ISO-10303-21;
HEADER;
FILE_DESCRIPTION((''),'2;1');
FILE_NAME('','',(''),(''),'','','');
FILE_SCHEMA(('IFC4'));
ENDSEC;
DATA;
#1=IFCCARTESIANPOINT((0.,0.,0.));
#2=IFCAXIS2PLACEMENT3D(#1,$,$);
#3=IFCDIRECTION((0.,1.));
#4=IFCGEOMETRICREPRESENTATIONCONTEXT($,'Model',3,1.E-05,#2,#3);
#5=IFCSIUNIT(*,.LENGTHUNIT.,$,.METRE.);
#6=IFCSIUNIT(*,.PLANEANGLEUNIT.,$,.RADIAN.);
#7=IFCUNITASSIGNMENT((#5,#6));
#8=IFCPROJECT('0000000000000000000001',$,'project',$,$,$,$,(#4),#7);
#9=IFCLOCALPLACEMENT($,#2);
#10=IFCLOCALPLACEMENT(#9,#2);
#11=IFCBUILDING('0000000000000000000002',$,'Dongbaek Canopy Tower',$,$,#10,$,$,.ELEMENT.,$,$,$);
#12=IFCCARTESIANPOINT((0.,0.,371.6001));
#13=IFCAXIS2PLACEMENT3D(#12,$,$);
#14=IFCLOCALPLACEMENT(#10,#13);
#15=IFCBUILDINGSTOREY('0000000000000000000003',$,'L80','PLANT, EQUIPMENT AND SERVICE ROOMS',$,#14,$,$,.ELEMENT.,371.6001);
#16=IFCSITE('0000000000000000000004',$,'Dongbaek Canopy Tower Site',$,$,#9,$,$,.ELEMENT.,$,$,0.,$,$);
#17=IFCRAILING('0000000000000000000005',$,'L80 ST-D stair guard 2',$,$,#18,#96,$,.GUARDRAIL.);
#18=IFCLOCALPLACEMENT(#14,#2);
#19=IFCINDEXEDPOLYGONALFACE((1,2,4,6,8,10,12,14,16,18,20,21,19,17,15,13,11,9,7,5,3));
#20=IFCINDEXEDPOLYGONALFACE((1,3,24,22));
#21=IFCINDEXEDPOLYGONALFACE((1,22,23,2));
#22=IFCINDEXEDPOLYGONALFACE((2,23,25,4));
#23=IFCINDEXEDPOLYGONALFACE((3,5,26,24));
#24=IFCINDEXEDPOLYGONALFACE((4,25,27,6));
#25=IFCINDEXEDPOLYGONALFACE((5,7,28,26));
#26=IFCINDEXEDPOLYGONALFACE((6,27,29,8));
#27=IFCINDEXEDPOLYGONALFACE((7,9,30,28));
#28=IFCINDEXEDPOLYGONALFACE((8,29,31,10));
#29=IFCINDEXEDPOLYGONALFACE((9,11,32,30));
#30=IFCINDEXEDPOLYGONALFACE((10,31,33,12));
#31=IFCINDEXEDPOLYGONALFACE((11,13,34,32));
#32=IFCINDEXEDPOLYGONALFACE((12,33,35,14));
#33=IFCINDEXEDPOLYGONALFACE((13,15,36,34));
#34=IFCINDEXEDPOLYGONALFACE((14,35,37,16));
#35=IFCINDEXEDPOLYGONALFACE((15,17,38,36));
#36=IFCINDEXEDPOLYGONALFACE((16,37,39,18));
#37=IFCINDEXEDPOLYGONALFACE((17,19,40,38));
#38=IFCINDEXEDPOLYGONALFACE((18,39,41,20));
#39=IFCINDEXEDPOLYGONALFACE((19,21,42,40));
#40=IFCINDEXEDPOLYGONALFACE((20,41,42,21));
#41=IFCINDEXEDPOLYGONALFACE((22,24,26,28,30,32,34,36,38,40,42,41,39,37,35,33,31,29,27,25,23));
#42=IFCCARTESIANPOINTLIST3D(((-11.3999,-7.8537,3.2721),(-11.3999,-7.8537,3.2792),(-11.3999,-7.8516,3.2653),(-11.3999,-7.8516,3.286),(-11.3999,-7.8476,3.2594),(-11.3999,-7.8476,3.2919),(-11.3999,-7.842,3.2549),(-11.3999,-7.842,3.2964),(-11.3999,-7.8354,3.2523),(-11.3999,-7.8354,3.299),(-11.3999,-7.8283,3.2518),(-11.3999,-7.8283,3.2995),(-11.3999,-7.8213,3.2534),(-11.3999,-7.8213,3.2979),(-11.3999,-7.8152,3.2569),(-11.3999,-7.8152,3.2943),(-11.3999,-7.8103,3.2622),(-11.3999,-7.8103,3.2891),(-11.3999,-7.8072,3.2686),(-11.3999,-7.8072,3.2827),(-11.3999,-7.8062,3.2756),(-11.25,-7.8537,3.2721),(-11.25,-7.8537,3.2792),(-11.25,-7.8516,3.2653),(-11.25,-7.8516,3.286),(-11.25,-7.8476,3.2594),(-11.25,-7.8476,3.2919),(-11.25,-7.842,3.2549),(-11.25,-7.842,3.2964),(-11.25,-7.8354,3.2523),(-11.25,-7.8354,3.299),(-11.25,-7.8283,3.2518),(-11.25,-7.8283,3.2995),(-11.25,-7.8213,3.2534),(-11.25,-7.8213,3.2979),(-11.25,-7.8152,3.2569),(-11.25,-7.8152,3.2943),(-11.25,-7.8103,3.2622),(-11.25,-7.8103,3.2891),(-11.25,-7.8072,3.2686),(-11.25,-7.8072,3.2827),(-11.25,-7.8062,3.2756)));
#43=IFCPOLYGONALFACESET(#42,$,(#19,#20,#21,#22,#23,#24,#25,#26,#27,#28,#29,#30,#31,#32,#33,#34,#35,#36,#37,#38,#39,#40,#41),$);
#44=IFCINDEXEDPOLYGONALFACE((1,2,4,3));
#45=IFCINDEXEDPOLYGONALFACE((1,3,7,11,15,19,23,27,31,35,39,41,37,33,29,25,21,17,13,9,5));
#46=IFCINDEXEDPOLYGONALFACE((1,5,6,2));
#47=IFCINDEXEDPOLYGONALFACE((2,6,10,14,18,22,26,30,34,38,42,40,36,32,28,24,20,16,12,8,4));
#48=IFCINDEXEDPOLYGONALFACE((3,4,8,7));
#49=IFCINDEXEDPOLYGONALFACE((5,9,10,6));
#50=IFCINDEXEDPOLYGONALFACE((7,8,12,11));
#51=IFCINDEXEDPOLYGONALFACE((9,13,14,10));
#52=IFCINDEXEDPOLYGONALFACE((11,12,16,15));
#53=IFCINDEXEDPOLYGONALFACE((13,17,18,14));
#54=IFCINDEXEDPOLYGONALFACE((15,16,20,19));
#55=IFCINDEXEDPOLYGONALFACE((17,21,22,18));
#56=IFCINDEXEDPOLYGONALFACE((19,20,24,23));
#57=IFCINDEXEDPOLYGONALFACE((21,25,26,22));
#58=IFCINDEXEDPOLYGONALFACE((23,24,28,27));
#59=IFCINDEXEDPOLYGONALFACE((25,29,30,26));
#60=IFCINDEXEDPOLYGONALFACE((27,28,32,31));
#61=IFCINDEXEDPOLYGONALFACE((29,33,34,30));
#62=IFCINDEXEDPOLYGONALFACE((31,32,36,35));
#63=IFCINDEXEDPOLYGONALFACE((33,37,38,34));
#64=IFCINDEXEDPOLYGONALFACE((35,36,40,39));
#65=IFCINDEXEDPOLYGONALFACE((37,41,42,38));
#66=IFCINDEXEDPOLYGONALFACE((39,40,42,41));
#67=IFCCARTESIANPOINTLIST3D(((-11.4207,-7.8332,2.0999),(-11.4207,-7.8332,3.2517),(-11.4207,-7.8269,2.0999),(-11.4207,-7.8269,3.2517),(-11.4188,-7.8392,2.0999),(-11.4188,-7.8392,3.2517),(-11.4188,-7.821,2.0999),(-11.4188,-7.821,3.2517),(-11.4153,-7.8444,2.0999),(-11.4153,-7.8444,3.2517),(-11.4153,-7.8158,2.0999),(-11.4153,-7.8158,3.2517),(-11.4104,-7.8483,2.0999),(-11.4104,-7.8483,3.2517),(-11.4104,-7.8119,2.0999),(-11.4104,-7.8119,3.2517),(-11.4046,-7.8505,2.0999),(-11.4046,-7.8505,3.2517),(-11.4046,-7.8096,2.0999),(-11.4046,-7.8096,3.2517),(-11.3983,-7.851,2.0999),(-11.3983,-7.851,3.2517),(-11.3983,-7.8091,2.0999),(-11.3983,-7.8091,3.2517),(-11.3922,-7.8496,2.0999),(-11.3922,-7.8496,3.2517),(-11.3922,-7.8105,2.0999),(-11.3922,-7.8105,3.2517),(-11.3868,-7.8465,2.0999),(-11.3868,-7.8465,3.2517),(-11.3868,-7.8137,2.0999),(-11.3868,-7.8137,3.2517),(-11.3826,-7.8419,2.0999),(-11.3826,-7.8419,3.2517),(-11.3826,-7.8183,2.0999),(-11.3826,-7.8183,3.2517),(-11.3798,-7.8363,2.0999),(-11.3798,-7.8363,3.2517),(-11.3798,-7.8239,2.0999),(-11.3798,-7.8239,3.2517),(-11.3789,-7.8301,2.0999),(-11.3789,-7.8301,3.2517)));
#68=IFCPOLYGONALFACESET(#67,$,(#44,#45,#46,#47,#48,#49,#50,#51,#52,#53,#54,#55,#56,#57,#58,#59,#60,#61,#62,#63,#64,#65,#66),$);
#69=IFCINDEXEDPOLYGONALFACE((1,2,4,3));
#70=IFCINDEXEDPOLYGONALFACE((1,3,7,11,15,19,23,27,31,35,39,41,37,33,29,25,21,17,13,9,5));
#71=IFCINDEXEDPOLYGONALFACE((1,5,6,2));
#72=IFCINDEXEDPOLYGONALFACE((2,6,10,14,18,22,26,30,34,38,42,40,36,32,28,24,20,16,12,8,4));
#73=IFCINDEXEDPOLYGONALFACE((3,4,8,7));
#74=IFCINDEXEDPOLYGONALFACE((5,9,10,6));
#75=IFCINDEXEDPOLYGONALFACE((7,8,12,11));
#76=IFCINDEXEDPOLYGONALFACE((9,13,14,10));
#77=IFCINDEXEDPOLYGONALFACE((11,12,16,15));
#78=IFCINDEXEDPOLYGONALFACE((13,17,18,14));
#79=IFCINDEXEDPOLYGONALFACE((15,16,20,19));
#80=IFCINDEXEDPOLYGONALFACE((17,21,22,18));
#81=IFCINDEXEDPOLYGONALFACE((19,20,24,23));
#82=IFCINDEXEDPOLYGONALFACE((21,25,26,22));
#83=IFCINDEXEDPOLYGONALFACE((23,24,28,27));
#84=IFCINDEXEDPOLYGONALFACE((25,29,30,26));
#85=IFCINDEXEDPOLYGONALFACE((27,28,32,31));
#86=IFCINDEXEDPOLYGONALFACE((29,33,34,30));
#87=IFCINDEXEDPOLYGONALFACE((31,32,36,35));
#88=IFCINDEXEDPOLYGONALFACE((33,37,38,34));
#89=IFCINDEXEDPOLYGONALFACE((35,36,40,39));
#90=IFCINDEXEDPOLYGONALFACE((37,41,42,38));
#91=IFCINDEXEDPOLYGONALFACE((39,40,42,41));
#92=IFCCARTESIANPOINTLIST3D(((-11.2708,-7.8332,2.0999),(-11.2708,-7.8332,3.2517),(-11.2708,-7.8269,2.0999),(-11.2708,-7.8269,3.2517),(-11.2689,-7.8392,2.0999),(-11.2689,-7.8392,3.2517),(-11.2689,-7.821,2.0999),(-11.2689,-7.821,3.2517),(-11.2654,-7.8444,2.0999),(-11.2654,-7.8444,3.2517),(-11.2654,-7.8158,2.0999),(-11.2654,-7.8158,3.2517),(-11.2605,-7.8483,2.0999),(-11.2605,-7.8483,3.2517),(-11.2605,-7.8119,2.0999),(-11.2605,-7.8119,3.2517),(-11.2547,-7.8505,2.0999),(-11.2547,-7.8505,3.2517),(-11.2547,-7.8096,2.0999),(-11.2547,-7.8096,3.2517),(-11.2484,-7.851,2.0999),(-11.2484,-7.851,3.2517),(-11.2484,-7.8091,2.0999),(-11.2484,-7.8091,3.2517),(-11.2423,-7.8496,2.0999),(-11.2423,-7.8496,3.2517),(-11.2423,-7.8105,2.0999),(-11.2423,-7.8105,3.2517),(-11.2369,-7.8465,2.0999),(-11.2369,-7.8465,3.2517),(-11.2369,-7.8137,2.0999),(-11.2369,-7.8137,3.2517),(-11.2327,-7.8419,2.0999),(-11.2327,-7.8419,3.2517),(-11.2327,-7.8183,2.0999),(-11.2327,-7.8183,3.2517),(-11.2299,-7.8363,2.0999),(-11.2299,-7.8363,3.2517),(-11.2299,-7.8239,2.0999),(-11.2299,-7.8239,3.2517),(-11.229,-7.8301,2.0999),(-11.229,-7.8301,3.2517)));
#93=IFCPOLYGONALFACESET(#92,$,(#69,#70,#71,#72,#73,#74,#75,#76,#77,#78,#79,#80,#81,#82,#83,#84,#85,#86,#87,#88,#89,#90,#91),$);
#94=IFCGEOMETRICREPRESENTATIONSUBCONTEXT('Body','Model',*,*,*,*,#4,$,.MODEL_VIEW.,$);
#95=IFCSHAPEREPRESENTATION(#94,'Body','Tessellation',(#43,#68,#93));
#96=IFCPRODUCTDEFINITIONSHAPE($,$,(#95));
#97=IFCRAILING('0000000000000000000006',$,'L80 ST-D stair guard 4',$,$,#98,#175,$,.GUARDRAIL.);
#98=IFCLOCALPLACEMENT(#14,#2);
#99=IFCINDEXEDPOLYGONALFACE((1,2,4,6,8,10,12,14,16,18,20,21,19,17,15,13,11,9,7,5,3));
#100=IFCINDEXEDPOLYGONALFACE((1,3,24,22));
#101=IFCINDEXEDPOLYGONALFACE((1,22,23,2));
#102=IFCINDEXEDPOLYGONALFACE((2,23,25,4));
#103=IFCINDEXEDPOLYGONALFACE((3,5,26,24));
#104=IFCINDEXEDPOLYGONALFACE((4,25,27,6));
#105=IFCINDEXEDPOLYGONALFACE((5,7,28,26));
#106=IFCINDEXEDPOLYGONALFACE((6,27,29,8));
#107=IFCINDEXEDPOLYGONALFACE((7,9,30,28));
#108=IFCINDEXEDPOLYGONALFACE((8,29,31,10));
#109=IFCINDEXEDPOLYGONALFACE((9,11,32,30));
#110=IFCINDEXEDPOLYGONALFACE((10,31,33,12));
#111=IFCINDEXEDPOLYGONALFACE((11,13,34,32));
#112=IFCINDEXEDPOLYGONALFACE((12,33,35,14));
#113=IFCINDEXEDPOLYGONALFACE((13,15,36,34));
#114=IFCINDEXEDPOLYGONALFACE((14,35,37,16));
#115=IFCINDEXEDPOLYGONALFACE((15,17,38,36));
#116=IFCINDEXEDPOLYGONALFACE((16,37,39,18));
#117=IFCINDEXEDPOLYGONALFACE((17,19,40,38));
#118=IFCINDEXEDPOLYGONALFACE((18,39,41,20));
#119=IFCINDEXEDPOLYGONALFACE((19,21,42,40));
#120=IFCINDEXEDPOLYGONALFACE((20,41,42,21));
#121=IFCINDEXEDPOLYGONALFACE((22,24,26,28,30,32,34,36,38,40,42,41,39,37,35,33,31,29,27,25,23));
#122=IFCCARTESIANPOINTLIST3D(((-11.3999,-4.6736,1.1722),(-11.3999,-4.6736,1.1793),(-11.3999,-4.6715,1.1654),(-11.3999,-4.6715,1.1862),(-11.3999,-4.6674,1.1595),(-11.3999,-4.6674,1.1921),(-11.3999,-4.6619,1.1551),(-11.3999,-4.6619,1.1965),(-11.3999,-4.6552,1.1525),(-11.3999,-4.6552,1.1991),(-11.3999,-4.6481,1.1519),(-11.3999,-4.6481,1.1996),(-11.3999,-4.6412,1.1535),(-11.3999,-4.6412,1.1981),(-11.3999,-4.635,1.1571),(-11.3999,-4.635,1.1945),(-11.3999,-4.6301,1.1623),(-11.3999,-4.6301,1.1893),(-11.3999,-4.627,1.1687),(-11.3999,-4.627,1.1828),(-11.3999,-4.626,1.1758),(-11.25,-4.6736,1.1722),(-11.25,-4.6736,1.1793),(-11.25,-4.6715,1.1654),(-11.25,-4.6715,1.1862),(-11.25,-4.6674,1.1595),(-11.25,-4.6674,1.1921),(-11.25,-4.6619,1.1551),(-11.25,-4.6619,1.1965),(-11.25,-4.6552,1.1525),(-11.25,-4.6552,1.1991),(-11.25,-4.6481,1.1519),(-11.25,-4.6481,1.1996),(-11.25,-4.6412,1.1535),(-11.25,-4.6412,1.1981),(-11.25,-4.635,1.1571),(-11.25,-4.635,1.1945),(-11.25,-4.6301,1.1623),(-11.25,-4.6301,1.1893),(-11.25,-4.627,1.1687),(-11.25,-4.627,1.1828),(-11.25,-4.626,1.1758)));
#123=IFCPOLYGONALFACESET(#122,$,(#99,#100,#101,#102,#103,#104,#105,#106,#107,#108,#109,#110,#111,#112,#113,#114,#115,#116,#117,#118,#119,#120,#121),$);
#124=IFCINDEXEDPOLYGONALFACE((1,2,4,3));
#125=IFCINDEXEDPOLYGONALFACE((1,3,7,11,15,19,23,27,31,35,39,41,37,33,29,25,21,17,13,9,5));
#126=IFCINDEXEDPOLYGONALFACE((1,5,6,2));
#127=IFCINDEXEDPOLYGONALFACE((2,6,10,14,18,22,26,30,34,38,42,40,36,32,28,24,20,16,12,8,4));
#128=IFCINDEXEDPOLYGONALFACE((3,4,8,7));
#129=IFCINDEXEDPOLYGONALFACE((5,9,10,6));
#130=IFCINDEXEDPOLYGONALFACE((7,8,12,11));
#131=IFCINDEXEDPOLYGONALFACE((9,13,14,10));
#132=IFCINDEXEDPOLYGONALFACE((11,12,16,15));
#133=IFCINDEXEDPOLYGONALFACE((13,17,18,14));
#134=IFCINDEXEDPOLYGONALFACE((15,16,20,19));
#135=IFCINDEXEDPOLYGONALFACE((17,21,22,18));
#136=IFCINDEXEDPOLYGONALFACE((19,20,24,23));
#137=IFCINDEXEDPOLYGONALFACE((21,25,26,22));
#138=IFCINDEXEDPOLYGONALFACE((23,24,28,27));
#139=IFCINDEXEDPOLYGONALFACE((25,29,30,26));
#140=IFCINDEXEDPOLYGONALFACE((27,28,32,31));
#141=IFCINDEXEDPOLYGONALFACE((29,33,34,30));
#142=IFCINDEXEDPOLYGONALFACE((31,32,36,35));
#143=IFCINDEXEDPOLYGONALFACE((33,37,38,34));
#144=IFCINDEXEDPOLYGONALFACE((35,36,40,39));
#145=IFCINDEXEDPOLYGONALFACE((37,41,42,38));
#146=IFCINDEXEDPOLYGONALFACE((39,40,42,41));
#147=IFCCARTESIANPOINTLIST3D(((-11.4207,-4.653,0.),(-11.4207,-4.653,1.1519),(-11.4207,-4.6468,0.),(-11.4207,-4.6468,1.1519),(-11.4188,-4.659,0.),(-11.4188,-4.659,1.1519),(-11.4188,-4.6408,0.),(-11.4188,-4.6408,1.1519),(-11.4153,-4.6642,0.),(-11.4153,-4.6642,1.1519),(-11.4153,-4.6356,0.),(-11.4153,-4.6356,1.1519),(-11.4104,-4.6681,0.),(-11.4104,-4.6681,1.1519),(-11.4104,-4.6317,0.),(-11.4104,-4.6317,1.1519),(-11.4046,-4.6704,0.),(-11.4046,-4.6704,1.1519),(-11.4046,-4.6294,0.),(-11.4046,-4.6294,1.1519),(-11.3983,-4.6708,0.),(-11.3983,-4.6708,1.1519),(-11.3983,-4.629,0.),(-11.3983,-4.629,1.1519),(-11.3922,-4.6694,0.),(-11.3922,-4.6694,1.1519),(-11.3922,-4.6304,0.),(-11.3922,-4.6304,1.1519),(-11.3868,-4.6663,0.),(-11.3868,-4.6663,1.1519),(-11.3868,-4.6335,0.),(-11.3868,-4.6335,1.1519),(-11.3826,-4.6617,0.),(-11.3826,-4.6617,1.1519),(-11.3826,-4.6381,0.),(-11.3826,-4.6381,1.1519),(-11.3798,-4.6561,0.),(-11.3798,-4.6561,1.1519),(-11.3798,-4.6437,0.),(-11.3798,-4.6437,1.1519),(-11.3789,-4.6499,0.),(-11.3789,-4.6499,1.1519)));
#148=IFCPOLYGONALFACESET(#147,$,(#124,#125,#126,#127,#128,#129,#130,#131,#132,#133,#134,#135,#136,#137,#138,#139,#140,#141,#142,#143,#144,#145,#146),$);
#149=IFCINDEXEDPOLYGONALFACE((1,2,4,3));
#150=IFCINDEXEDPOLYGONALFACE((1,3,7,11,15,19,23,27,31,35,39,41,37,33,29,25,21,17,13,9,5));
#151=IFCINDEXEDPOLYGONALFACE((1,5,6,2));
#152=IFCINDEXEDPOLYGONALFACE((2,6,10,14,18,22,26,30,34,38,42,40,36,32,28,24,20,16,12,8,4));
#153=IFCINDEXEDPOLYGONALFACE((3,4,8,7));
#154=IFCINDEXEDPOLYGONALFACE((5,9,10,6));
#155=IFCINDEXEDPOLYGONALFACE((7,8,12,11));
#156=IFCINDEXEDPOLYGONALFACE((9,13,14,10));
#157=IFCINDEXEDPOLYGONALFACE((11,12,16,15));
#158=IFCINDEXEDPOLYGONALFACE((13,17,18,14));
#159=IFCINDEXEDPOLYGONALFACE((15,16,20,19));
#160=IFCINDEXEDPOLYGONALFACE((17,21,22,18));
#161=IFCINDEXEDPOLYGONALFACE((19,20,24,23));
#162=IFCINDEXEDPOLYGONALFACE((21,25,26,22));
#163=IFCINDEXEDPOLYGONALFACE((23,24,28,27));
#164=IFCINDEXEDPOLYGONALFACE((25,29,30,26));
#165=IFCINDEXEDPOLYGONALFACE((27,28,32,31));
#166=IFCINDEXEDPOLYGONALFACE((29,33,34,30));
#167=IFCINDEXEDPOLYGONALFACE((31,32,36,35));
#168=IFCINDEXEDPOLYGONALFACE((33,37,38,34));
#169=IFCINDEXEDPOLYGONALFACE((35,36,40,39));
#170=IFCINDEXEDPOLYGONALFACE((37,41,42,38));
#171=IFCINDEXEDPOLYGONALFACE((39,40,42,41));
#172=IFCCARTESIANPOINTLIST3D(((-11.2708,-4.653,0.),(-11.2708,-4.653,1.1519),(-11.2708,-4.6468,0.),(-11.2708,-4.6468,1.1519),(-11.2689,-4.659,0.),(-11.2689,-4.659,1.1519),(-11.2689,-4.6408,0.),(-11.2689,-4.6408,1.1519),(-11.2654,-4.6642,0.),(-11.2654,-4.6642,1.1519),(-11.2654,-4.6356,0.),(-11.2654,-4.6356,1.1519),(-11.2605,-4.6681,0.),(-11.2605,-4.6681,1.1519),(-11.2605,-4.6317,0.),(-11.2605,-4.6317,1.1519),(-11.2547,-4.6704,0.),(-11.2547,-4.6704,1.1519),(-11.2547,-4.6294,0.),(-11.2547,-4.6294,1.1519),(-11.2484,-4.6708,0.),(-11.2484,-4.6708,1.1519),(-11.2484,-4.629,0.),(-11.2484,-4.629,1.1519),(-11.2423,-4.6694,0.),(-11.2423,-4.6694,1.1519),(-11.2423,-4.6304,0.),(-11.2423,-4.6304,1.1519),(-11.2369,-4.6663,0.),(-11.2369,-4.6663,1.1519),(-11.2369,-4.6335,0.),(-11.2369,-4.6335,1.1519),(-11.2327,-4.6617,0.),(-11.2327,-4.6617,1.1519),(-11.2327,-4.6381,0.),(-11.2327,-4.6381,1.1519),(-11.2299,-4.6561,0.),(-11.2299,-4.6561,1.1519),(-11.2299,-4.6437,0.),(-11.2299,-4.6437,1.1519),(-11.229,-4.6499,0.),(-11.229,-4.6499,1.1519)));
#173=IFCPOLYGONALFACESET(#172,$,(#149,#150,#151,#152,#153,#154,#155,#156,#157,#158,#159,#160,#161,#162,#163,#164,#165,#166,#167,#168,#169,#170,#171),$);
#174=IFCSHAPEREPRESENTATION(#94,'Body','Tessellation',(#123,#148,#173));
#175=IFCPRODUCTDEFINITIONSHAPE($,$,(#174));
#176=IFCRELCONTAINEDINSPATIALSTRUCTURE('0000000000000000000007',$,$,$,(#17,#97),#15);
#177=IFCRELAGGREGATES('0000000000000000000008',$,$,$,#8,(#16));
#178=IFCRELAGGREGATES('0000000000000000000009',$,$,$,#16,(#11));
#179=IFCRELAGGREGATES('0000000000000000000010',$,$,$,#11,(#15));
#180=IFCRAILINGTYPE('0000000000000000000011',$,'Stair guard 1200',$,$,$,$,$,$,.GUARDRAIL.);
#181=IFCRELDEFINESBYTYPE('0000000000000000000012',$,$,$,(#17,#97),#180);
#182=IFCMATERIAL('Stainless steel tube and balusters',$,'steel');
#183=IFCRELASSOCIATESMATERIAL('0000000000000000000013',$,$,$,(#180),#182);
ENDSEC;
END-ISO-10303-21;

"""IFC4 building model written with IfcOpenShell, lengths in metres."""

from ifc_helpers import new_model, si_unit, direction, frame, origin, origin_2d, place, context, subcontext, project, spatial, circle, extrude, material, type_object, element, save


model = new_model("IFC4")

# Units and contexts
model_context = context("Model", 3, precision=1e-05, world=origin(), true_north=direction((0.0, 1.0)))
body_context = subcontext(model_context, "Body", "Model", "MODEL_VIEW")
ifc_project = project(units=[si_unit("LENGTHUNIT", "METRE"), si_unit("PLANEANGLEUNIT", "RADIAN")], contexts=[model_context])

# Site, building, storey
site_placement = place(None, origin())
site = spatial("IfcSite", under=ifc_project, at=site_placement, Name="Dongbaek Canopy Tower Site", CompositionType="ELEMENT", RefElevation=0.0)
building_placement = place(site_placement, origin())
building = spatial("IfcBuilding", under=site, at=building_placement, Name="Dongbaek Canopy Tower", CompositionType="ELEMENT")
storey_placement = place(building_placement, frame((0.0, 0.0, 371.6001)))
storey = spatial("IfcBuildingStorey", under=building, at=storey_placement, Name="L80", Description="PLANT, EQUIPMENT AND SERVICE ROOMS", CompositionType="ELEMENT", Elevation=371.6001)

# Railings
ifc_material_1 = material(Name="Stainless steel tube and balusters", Category="steel")
railing_type_1 = type_object("IfcRailingType", Name="Stair guard 1200", PredefinedType="GUARDRAIL", material=ifc_material_1)
for number, where, name in (
    (1, (-11.3999, -7.8301, 2.0999), "L80 ST-D stair guard 2"),
    (2, (-11.3999, -4.6499, 0.0), "L80 ST-D stair guard 4"),
):
    element("IfcRailing", number, at=place(storey_placement, frame(where)), inside=storey, type_object=railing_type_1, Name=name, PredefinedType="GUARDRAIL", context=body_context, shape_type="SweptSolid", body=[
        extrude(circle(Radius=0.0239, at=origin_2d()), frame((0.0, 0.0, 1.1758), z_axis=(1.0, 0.0, 0.0), x_axis=(0.0, 1.0, 0.0)), (0.0, 0.0, 1.0), 0.1499),
        extrude(circle(Radius=0.021, at=origin_2d()), origin(), (0.0, 0.0, 1.0), 1.1519),
        extrude(circle(Radius=0.021, at=origin_2d()), frame((0.1499, 0.0, 0.0)), (0.0, 0.0, 1.0), 1.1519),
    ])

save(model, "model.ifc")
